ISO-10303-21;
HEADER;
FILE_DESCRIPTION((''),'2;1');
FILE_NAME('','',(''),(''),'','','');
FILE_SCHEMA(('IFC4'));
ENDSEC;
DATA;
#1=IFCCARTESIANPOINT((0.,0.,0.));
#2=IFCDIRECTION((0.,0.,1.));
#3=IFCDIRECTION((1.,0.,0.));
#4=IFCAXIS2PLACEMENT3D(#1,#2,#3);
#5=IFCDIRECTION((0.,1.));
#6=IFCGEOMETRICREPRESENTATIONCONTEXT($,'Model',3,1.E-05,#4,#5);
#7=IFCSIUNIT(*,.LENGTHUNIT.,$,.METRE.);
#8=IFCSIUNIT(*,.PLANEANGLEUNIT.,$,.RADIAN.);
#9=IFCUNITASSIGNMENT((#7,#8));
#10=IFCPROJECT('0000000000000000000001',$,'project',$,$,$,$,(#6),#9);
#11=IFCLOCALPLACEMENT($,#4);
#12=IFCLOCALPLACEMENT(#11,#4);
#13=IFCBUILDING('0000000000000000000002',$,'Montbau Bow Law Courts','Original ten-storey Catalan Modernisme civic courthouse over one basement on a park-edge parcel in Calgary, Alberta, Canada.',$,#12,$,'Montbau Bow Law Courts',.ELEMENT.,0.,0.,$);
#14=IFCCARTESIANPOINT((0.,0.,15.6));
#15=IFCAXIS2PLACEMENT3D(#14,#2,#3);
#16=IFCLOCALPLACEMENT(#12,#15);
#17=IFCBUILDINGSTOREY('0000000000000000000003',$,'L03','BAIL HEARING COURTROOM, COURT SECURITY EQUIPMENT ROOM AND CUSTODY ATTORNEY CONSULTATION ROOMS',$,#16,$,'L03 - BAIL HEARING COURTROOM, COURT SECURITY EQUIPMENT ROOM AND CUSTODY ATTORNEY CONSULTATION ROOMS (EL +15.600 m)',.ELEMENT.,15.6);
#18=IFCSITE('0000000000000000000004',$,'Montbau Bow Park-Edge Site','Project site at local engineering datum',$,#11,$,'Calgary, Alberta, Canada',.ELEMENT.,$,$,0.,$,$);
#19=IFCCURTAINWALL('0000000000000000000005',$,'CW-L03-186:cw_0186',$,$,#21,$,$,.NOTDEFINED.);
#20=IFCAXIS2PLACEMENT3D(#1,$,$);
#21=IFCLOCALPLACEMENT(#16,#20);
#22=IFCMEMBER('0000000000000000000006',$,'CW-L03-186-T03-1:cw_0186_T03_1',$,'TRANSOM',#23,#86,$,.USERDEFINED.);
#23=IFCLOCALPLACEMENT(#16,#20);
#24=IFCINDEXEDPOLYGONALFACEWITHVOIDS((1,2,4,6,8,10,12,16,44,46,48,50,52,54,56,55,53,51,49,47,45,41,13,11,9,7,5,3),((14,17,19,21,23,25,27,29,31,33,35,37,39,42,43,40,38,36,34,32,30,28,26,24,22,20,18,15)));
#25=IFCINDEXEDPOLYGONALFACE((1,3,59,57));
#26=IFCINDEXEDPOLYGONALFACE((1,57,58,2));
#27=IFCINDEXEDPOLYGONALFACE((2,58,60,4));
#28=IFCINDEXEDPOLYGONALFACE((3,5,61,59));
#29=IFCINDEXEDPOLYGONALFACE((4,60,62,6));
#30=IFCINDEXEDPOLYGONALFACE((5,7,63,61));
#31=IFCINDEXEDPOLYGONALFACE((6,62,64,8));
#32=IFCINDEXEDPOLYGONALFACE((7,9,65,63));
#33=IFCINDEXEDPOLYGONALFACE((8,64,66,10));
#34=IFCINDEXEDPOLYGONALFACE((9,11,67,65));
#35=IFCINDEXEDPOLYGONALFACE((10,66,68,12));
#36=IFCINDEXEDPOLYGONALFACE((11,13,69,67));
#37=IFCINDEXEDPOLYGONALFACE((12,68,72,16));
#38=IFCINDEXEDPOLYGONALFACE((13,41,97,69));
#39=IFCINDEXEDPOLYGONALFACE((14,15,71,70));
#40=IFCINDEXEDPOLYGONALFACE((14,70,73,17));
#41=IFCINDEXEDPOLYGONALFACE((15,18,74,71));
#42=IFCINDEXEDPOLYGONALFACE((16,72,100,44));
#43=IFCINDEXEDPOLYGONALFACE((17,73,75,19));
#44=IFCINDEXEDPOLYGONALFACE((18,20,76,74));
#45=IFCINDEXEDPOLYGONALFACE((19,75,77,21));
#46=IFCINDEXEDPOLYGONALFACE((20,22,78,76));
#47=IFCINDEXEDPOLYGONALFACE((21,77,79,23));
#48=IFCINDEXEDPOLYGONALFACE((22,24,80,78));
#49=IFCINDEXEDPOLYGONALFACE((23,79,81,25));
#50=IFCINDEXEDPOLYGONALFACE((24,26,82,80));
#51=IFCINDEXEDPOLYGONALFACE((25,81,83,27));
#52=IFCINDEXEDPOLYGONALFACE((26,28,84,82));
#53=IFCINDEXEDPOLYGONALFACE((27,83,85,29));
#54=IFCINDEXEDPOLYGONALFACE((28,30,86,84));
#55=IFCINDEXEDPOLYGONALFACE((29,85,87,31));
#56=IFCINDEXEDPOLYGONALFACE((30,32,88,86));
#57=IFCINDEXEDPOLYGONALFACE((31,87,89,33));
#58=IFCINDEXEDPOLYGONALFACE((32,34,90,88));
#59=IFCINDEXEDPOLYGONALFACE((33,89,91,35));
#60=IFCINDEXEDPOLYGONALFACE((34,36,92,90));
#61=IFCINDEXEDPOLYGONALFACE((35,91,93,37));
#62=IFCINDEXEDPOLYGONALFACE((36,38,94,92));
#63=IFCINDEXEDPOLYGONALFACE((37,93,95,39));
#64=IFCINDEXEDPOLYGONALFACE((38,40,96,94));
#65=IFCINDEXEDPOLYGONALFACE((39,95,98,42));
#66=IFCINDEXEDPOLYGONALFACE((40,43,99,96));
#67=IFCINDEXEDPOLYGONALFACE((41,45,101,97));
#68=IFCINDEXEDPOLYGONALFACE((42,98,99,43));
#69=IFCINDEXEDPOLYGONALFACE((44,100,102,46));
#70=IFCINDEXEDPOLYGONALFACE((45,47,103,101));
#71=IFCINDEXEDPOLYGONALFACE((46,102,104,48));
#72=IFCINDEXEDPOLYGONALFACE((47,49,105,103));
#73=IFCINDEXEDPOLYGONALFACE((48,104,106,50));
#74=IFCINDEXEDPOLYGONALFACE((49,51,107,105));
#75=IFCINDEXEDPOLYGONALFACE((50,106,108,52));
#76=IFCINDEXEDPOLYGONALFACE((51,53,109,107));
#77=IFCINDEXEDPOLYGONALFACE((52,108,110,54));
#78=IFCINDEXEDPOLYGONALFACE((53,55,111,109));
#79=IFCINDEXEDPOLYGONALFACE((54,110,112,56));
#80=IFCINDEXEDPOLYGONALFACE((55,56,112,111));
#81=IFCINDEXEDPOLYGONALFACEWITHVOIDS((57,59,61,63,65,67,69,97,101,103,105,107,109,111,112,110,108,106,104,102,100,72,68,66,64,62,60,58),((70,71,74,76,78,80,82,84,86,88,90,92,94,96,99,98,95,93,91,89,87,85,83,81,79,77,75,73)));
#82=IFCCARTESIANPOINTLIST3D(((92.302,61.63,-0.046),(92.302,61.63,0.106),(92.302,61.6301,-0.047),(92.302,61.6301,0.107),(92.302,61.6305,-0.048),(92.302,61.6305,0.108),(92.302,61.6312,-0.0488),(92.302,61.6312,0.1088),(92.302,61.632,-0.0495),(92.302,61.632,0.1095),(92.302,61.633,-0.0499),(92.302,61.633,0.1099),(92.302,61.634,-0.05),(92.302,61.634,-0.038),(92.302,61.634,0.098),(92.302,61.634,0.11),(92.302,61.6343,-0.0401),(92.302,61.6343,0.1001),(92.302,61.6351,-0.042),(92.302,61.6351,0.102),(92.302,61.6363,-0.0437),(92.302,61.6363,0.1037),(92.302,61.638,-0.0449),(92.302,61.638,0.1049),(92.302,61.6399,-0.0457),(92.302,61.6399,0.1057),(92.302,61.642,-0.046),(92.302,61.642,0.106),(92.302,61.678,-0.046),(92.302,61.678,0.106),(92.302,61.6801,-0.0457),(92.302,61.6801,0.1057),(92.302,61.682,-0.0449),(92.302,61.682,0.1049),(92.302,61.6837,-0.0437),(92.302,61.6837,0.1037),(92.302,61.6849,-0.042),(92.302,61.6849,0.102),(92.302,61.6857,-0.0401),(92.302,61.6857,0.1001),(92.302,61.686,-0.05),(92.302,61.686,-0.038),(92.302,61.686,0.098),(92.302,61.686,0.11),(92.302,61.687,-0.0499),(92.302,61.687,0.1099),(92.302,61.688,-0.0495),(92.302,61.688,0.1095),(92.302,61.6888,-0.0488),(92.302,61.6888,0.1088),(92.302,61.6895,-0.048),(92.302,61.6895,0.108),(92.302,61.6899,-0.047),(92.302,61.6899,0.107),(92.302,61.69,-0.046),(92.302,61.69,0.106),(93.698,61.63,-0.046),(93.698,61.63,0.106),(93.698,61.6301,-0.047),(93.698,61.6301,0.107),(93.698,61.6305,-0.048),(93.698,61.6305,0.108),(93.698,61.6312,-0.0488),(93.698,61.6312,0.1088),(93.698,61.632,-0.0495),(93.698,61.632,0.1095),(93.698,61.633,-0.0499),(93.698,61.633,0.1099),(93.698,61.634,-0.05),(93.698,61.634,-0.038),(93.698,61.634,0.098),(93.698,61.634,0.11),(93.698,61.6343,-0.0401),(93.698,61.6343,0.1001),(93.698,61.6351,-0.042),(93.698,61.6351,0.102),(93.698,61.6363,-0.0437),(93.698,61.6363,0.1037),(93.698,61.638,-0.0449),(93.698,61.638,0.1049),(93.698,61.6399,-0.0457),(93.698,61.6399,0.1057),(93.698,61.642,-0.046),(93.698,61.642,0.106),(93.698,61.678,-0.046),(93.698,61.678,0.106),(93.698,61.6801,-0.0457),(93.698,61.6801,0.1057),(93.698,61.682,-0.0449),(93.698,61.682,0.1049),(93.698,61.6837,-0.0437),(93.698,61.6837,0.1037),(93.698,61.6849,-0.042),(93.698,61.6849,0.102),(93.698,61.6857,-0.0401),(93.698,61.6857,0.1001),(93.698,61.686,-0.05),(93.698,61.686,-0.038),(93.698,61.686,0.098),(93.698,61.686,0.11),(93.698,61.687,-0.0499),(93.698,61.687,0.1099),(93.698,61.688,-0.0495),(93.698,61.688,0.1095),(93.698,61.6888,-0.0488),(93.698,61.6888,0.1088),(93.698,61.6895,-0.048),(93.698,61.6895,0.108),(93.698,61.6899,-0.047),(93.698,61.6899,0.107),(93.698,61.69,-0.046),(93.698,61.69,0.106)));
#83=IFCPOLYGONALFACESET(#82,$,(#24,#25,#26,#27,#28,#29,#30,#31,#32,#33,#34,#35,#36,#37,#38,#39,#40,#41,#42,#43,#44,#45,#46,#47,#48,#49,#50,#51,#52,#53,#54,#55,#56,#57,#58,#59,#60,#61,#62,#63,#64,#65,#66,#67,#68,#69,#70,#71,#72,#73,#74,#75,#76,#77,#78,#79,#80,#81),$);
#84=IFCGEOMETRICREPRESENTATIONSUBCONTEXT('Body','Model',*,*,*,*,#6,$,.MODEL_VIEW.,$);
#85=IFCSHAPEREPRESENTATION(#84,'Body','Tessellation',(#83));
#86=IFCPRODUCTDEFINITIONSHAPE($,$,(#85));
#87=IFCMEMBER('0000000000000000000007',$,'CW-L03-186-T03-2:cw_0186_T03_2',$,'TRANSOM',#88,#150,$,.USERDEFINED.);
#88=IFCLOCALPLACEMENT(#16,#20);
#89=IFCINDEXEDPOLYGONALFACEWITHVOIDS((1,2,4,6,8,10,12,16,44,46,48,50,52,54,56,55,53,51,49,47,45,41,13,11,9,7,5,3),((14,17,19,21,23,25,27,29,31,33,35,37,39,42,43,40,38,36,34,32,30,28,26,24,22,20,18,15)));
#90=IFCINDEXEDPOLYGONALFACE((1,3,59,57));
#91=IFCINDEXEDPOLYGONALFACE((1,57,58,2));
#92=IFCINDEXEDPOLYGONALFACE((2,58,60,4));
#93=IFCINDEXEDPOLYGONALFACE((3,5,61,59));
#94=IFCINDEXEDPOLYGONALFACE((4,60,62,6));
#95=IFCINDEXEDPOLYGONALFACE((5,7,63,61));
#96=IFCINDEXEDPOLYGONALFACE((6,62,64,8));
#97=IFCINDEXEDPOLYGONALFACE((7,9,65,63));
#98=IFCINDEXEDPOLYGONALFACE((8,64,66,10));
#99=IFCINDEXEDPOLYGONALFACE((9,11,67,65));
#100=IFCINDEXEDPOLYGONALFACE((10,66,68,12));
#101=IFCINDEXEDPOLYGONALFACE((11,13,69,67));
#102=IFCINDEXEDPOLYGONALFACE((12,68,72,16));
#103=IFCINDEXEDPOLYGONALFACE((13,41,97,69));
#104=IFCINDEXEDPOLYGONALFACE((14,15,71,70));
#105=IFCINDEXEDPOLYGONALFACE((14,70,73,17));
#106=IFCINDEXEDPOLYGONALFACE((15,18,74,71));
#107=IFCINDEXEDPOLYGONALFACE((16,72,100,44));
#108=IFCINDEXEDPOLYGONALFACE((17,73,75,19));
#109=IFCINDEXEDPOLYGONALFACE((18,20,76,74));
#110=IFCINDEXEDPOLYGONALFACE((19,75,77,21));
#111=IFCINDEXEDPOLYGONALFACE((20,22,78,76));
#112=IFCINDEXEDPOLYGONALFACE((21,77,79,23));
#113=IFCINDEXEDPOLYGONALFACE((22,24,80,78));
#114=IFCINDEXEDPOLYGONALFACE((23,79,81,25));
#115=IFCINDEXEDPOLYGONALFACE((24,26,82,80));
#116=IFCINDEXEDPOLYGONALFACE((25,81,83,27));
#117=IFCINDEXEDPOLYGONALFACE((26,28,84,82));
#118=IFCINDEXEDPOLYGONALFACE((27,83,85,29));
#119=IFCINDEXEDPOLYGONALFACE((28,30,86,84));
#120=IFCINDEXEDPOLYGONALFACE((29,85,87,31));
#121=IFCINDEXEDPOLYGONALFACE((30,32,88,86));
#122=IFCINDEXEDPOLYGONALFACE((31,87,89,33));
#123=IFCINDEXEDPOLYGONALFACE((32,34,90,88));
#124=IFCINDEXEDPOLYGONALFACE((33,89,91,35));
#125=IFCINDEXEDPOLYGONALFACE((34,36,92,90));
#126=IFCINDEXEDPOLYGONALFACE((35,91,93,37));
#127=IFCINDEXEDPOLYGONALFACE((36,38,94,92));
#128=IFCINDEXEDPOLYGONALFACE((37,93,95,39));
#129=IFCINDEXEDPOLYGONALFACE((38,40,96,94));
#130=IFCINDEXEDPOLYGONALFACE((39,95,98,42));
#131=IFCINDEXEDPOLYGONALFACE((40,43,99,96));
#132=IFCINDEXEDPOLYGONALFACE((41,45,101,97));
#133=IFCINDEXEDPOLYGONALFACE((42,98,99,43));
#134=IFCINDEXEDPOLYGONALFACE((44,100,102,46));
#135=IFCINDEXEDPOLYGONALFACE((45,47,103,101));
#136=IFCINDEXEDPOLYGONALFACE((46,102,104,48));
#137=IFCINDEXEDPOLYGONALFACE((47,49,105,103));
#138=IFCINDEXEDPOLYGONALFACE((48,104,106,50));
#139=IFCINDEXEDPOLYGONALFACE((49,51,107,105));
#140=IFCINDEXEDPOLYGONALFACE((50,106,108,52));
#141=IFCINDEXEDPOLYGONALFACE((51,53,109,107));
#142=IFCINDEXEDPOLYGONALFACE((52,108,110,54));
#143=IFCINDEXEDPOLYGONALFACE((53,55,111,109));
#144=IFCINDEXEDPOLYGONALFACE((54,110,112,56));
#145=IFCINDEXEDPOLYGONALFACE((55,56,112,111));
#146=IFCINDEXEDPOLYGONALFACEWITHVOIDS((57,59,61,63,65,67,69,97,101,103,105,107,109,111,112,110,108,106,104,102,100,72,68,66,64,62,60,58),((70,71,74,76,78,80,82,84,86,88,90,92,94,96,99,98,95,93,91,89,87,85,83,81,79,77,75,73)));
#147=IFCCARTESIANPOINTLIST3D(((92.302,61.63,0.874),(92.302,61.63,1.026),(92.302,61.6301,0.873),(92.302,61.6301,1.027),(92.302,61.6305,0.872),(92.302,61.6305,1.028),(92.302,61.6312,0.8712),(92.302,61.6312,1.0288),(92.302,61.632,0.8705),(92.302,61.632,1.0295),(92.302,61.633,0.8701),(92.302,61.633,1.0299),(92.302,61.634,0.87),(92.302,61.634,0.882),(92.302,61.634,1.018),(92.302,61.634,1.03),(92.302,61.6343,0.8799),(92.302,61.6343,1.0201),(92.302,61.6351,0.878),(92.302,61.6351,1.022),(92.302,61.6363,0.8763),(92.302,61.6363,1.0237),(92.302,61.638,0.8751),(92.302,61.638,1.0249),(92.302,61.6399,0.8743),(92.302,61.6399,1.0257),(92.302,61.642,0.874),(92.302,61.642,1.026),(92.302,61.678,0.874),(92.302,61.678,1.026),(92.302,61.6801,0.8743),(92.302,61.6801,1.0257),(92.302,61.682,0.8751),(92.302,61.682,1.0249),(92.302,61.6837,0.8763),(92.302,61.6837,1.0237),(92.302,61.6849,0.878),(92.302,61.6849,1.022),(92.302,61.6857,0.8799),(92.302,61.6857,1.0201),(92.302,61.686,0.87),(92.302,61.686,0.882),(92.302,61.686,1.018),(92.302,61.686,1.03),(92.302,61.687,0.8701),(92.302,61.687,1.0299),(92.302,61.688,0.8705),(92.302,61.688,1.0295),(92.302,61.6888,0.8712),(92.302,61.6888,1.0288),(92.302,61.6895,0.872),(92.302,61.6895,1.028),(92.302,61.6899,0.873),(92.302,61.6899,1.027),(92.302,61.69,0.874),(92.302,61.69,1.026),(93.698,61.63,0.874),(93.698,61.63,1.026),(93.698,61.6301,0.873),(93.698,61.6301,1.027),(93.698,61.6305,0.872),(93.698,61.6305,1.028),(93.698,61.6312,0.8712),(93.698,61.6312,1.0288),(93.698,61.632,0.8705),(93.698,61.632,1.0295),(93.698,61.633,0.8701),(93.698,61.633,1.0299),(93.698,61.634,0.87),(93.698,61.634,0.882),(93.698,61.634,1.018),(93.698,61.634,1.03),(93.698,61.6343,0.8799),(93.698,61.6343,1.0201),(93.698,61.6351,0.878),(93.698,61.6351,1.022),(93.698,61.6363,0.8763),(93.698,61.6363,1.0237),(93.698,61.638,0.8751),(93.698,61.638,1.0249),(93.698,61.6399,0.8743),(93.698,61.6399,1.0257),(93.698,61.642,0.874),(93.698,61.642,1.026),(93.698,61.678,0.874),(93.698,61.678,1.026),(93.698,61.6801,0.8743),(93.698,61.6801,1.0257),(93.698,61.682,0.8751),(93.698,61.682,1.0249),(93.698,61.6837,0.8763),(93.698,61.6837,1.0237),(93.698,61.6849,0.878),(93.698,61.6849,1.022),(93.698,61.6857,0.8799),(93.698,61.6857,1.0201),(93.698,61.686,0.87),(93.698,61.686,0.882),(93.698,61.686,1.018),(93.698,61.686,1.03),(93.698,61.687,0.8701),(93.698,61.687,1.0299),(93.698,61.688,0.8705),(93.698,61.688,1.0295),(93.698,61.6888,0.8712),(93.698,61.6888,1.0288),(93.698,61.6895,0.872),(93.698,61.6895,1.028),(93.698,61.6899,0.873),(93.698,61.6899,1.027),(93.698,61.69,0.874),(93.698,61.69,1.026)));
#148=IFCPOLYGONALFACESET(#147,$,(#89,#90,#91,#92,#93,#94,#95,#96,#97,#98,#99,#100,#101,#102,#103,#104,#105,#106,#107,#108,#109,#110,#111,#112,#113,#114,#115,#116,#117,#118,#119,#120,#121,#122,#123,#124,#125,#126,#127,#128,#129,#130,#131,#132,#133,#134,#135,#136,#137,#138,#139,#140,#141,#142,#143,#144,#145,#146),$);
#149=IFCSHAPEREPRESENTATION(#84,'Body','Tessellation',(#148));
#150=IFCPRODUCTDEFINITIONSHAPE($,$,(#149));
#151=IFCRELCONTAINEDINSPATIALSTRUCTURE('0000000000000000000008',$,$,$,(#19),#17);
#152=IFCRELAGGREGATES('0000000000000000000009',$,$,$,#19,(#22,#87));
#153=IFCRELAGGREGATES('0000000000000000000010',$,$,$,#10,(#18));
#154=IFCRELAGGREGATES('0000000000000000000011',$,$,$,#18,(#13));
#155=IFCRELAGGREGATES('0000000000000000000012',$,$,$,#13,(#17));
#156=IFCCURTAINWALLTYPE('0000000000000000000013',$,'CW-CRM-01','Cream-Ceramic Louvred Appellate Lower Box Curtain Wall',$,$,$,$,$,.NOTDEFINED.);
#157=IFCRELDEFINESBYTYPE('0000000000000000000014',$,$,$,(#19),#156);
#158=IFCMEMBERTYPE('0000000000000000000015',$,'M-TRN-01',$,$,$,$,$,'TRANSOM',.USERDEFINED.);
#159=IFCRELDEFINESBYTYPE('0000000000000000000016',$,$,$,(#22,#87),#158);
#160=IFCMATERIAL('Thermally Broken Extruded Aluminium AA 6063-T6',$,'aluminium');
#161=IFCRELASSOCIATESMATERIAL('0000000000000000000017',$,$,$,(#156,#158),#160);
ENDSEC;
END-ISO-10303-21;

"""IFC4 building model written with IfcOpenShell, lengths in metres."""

from ifc_helpers import new_model, si_unit, direction, frame, origin_with_axes, origin_2d_with_axis, place, context, subcontext, project, spatial, hollow_rectangle, extrude, material, material_profile, profile_set, type_object, element, aggregate, save


model = new_model("IFC4")

# Units and contexts
model_context = context("Model", 3, precision=1e-05, world=origin_with_axes(), true_north=direction((0.0, 1.0)))
body_context = subcontext(model_context, "Body", "Model", "MODEL_VIEW")
ifc_project = project(units=[si_unit("LENGTHUNIT", "METRE"), si_unit("PLANEANGLEUNIT", "RADIAN")], contexts=[model_context])

# Site, building, storey
site_placement = place(None, origin_with_axes())
site = spatial("IfcSite", under=ifc_project, at=site_placement, Name="Montbau Bow Park-Edge Site", Description="Project site at local engineering datum", LongName="Calgary, Alberta, Canada", CompositionType="ELEMENT", RefElevation=0.0)
building_placement = place(site_placement, origin_with_axes())
building = spatial("IfcBuilding", under=site, at=building_placement, Name="Montbau Bow Law Courts", Description="Original ten-storey Catalan Modernisme civic courthouse over one basement on a park-edge parcel in Calgary, Alberta, Canada.", LongName="Montbau Bow Law Courts", CompositionType="ELEMENT", ElevationOfRefHeight=0.0, ElevationOfTerrain=0.0)
storey_placement = place(building_placement, frame((0.0, 0.0, 15.6), z_axis=(0.0, 0.0, 1.0), x_axis=(1.0, 0.0, 0.0)))
storey = spatial("IfcBuildingStorey", under=building, at=storey_placement, Name="L03", Description="BAIL HEARING COURTROOM, COURT SECURITY EQUIPMENT ROOM AND CUSTODY ATTORNEY CONSULTATION ROOMS", LongName="L03 - BAIL HEARING COURTROOM, COURT SECURITY EQUIPMENT ROOM AND CUSTODY ATTORNEY CONSULTATION ROOMS (EL +15.600 m)", CompositionType="ELEMENT", Elevation=15.6)

# Curtain wall, members
ifc_material_1 = material(Name="Thermally Broken Extruded Aluminium AA 6063-T6", Category="aluminium")
curtain_wall_type = type_object("IfcCurtainWallType", Name="CW-CRM-01", Description="Cream-Ceramic Louvred Appellate Lower Box Curtain Wall", PredefinedType="NOTDEFINED", material=ifc_material_1)
curtain_wall_placement = place(None, frame((89.315, 61.66, 15.6), z_axis=(0.0, 0.0, 1.0), x_axis=(1.0, 0.0, 0.0)))
curtain_wall = element("IfcCurtainWall", 1, at=curtain_wall_placement, inside=storey, type_object=curtain_wall_type, Name="CW-L03-186:cw_0186", PredefinedType="NOTDEFINED")
ifc_material_profile_1 = material_profile(ifc_material_1, hollow_rectangle(XDim=0.06, YDim=0.16, WallThickness=0.004, InnerFilletRadius=0.008, OuterFilletRadius=0.004, at=origin_2d_with_axis()), Name="CWT-160X60", Category="Main", Priority=0)
ifc_profile_set_1 = profile_set([ifc_material_profile_1], Name="Thermally Broken Extruded Aluminium AA 6063-T6")
member_type_1 = type_object("IfcMemberType", Name="M-TRN-01", ElementType="TRANSOM", PredefinedType="USERDEFINED", material=ifc_profile_set_1)
member_1_placement = place(None, frame((92.302, 61.66, 15.63), z_axis=(1.0, 0.0, 0.0), x_axis=(0.0, 1.0, 0.0)))
member_1 = element("IfcMember", 2, at=member_1_placement, type_object=member_type_1, Name="CW-L03-186-T03-1:cw_0186_T03_1", ObjectType="TRANSOM", PredefinedType="USERDEFINED", context=body_context, shape_type="SweptSolid", body=[
    extrude(hollow_rectangle(XDim=0.06, YDim=0.16, WallThickness=0.004, InnerFilletRadius=0.008, OuterFilletRadius=0.004, at=origin_2d_with_axis()), origin_with_axes(), (0.0, 0.0, 1.0), 1.396),
])
member_2_placement = place(None, frame((92.302, 61.66, 16.55), z_axis=(1.0, 0.0, 0.0), x_axis=(0.0, 1.0, 0.0)))
member_2 = element("IfcMember", 3, at=member_2_placement, type_object=member_type_1, Name="CW-L03-186-T03-2:cw_0186_T03_2", ObjectType="TRANSOM", PredefinedType="USERDEFINED", context=body_context, shape_type="SweptSolid", body=[
    extrude(hollow_rectangle(XDim=0.06, YDim=0.16, WallThickness=0.004, InnerFilletRadius=0.008, OuterFilletRadius=0.004, at=origin_2d_with_axis()), origin_with_axes(), (0.0, 0.0, 1.0), 1.396),
])
aggregate(curtain_wall, [member_1, member_2])

save(model, "model.ifc")
